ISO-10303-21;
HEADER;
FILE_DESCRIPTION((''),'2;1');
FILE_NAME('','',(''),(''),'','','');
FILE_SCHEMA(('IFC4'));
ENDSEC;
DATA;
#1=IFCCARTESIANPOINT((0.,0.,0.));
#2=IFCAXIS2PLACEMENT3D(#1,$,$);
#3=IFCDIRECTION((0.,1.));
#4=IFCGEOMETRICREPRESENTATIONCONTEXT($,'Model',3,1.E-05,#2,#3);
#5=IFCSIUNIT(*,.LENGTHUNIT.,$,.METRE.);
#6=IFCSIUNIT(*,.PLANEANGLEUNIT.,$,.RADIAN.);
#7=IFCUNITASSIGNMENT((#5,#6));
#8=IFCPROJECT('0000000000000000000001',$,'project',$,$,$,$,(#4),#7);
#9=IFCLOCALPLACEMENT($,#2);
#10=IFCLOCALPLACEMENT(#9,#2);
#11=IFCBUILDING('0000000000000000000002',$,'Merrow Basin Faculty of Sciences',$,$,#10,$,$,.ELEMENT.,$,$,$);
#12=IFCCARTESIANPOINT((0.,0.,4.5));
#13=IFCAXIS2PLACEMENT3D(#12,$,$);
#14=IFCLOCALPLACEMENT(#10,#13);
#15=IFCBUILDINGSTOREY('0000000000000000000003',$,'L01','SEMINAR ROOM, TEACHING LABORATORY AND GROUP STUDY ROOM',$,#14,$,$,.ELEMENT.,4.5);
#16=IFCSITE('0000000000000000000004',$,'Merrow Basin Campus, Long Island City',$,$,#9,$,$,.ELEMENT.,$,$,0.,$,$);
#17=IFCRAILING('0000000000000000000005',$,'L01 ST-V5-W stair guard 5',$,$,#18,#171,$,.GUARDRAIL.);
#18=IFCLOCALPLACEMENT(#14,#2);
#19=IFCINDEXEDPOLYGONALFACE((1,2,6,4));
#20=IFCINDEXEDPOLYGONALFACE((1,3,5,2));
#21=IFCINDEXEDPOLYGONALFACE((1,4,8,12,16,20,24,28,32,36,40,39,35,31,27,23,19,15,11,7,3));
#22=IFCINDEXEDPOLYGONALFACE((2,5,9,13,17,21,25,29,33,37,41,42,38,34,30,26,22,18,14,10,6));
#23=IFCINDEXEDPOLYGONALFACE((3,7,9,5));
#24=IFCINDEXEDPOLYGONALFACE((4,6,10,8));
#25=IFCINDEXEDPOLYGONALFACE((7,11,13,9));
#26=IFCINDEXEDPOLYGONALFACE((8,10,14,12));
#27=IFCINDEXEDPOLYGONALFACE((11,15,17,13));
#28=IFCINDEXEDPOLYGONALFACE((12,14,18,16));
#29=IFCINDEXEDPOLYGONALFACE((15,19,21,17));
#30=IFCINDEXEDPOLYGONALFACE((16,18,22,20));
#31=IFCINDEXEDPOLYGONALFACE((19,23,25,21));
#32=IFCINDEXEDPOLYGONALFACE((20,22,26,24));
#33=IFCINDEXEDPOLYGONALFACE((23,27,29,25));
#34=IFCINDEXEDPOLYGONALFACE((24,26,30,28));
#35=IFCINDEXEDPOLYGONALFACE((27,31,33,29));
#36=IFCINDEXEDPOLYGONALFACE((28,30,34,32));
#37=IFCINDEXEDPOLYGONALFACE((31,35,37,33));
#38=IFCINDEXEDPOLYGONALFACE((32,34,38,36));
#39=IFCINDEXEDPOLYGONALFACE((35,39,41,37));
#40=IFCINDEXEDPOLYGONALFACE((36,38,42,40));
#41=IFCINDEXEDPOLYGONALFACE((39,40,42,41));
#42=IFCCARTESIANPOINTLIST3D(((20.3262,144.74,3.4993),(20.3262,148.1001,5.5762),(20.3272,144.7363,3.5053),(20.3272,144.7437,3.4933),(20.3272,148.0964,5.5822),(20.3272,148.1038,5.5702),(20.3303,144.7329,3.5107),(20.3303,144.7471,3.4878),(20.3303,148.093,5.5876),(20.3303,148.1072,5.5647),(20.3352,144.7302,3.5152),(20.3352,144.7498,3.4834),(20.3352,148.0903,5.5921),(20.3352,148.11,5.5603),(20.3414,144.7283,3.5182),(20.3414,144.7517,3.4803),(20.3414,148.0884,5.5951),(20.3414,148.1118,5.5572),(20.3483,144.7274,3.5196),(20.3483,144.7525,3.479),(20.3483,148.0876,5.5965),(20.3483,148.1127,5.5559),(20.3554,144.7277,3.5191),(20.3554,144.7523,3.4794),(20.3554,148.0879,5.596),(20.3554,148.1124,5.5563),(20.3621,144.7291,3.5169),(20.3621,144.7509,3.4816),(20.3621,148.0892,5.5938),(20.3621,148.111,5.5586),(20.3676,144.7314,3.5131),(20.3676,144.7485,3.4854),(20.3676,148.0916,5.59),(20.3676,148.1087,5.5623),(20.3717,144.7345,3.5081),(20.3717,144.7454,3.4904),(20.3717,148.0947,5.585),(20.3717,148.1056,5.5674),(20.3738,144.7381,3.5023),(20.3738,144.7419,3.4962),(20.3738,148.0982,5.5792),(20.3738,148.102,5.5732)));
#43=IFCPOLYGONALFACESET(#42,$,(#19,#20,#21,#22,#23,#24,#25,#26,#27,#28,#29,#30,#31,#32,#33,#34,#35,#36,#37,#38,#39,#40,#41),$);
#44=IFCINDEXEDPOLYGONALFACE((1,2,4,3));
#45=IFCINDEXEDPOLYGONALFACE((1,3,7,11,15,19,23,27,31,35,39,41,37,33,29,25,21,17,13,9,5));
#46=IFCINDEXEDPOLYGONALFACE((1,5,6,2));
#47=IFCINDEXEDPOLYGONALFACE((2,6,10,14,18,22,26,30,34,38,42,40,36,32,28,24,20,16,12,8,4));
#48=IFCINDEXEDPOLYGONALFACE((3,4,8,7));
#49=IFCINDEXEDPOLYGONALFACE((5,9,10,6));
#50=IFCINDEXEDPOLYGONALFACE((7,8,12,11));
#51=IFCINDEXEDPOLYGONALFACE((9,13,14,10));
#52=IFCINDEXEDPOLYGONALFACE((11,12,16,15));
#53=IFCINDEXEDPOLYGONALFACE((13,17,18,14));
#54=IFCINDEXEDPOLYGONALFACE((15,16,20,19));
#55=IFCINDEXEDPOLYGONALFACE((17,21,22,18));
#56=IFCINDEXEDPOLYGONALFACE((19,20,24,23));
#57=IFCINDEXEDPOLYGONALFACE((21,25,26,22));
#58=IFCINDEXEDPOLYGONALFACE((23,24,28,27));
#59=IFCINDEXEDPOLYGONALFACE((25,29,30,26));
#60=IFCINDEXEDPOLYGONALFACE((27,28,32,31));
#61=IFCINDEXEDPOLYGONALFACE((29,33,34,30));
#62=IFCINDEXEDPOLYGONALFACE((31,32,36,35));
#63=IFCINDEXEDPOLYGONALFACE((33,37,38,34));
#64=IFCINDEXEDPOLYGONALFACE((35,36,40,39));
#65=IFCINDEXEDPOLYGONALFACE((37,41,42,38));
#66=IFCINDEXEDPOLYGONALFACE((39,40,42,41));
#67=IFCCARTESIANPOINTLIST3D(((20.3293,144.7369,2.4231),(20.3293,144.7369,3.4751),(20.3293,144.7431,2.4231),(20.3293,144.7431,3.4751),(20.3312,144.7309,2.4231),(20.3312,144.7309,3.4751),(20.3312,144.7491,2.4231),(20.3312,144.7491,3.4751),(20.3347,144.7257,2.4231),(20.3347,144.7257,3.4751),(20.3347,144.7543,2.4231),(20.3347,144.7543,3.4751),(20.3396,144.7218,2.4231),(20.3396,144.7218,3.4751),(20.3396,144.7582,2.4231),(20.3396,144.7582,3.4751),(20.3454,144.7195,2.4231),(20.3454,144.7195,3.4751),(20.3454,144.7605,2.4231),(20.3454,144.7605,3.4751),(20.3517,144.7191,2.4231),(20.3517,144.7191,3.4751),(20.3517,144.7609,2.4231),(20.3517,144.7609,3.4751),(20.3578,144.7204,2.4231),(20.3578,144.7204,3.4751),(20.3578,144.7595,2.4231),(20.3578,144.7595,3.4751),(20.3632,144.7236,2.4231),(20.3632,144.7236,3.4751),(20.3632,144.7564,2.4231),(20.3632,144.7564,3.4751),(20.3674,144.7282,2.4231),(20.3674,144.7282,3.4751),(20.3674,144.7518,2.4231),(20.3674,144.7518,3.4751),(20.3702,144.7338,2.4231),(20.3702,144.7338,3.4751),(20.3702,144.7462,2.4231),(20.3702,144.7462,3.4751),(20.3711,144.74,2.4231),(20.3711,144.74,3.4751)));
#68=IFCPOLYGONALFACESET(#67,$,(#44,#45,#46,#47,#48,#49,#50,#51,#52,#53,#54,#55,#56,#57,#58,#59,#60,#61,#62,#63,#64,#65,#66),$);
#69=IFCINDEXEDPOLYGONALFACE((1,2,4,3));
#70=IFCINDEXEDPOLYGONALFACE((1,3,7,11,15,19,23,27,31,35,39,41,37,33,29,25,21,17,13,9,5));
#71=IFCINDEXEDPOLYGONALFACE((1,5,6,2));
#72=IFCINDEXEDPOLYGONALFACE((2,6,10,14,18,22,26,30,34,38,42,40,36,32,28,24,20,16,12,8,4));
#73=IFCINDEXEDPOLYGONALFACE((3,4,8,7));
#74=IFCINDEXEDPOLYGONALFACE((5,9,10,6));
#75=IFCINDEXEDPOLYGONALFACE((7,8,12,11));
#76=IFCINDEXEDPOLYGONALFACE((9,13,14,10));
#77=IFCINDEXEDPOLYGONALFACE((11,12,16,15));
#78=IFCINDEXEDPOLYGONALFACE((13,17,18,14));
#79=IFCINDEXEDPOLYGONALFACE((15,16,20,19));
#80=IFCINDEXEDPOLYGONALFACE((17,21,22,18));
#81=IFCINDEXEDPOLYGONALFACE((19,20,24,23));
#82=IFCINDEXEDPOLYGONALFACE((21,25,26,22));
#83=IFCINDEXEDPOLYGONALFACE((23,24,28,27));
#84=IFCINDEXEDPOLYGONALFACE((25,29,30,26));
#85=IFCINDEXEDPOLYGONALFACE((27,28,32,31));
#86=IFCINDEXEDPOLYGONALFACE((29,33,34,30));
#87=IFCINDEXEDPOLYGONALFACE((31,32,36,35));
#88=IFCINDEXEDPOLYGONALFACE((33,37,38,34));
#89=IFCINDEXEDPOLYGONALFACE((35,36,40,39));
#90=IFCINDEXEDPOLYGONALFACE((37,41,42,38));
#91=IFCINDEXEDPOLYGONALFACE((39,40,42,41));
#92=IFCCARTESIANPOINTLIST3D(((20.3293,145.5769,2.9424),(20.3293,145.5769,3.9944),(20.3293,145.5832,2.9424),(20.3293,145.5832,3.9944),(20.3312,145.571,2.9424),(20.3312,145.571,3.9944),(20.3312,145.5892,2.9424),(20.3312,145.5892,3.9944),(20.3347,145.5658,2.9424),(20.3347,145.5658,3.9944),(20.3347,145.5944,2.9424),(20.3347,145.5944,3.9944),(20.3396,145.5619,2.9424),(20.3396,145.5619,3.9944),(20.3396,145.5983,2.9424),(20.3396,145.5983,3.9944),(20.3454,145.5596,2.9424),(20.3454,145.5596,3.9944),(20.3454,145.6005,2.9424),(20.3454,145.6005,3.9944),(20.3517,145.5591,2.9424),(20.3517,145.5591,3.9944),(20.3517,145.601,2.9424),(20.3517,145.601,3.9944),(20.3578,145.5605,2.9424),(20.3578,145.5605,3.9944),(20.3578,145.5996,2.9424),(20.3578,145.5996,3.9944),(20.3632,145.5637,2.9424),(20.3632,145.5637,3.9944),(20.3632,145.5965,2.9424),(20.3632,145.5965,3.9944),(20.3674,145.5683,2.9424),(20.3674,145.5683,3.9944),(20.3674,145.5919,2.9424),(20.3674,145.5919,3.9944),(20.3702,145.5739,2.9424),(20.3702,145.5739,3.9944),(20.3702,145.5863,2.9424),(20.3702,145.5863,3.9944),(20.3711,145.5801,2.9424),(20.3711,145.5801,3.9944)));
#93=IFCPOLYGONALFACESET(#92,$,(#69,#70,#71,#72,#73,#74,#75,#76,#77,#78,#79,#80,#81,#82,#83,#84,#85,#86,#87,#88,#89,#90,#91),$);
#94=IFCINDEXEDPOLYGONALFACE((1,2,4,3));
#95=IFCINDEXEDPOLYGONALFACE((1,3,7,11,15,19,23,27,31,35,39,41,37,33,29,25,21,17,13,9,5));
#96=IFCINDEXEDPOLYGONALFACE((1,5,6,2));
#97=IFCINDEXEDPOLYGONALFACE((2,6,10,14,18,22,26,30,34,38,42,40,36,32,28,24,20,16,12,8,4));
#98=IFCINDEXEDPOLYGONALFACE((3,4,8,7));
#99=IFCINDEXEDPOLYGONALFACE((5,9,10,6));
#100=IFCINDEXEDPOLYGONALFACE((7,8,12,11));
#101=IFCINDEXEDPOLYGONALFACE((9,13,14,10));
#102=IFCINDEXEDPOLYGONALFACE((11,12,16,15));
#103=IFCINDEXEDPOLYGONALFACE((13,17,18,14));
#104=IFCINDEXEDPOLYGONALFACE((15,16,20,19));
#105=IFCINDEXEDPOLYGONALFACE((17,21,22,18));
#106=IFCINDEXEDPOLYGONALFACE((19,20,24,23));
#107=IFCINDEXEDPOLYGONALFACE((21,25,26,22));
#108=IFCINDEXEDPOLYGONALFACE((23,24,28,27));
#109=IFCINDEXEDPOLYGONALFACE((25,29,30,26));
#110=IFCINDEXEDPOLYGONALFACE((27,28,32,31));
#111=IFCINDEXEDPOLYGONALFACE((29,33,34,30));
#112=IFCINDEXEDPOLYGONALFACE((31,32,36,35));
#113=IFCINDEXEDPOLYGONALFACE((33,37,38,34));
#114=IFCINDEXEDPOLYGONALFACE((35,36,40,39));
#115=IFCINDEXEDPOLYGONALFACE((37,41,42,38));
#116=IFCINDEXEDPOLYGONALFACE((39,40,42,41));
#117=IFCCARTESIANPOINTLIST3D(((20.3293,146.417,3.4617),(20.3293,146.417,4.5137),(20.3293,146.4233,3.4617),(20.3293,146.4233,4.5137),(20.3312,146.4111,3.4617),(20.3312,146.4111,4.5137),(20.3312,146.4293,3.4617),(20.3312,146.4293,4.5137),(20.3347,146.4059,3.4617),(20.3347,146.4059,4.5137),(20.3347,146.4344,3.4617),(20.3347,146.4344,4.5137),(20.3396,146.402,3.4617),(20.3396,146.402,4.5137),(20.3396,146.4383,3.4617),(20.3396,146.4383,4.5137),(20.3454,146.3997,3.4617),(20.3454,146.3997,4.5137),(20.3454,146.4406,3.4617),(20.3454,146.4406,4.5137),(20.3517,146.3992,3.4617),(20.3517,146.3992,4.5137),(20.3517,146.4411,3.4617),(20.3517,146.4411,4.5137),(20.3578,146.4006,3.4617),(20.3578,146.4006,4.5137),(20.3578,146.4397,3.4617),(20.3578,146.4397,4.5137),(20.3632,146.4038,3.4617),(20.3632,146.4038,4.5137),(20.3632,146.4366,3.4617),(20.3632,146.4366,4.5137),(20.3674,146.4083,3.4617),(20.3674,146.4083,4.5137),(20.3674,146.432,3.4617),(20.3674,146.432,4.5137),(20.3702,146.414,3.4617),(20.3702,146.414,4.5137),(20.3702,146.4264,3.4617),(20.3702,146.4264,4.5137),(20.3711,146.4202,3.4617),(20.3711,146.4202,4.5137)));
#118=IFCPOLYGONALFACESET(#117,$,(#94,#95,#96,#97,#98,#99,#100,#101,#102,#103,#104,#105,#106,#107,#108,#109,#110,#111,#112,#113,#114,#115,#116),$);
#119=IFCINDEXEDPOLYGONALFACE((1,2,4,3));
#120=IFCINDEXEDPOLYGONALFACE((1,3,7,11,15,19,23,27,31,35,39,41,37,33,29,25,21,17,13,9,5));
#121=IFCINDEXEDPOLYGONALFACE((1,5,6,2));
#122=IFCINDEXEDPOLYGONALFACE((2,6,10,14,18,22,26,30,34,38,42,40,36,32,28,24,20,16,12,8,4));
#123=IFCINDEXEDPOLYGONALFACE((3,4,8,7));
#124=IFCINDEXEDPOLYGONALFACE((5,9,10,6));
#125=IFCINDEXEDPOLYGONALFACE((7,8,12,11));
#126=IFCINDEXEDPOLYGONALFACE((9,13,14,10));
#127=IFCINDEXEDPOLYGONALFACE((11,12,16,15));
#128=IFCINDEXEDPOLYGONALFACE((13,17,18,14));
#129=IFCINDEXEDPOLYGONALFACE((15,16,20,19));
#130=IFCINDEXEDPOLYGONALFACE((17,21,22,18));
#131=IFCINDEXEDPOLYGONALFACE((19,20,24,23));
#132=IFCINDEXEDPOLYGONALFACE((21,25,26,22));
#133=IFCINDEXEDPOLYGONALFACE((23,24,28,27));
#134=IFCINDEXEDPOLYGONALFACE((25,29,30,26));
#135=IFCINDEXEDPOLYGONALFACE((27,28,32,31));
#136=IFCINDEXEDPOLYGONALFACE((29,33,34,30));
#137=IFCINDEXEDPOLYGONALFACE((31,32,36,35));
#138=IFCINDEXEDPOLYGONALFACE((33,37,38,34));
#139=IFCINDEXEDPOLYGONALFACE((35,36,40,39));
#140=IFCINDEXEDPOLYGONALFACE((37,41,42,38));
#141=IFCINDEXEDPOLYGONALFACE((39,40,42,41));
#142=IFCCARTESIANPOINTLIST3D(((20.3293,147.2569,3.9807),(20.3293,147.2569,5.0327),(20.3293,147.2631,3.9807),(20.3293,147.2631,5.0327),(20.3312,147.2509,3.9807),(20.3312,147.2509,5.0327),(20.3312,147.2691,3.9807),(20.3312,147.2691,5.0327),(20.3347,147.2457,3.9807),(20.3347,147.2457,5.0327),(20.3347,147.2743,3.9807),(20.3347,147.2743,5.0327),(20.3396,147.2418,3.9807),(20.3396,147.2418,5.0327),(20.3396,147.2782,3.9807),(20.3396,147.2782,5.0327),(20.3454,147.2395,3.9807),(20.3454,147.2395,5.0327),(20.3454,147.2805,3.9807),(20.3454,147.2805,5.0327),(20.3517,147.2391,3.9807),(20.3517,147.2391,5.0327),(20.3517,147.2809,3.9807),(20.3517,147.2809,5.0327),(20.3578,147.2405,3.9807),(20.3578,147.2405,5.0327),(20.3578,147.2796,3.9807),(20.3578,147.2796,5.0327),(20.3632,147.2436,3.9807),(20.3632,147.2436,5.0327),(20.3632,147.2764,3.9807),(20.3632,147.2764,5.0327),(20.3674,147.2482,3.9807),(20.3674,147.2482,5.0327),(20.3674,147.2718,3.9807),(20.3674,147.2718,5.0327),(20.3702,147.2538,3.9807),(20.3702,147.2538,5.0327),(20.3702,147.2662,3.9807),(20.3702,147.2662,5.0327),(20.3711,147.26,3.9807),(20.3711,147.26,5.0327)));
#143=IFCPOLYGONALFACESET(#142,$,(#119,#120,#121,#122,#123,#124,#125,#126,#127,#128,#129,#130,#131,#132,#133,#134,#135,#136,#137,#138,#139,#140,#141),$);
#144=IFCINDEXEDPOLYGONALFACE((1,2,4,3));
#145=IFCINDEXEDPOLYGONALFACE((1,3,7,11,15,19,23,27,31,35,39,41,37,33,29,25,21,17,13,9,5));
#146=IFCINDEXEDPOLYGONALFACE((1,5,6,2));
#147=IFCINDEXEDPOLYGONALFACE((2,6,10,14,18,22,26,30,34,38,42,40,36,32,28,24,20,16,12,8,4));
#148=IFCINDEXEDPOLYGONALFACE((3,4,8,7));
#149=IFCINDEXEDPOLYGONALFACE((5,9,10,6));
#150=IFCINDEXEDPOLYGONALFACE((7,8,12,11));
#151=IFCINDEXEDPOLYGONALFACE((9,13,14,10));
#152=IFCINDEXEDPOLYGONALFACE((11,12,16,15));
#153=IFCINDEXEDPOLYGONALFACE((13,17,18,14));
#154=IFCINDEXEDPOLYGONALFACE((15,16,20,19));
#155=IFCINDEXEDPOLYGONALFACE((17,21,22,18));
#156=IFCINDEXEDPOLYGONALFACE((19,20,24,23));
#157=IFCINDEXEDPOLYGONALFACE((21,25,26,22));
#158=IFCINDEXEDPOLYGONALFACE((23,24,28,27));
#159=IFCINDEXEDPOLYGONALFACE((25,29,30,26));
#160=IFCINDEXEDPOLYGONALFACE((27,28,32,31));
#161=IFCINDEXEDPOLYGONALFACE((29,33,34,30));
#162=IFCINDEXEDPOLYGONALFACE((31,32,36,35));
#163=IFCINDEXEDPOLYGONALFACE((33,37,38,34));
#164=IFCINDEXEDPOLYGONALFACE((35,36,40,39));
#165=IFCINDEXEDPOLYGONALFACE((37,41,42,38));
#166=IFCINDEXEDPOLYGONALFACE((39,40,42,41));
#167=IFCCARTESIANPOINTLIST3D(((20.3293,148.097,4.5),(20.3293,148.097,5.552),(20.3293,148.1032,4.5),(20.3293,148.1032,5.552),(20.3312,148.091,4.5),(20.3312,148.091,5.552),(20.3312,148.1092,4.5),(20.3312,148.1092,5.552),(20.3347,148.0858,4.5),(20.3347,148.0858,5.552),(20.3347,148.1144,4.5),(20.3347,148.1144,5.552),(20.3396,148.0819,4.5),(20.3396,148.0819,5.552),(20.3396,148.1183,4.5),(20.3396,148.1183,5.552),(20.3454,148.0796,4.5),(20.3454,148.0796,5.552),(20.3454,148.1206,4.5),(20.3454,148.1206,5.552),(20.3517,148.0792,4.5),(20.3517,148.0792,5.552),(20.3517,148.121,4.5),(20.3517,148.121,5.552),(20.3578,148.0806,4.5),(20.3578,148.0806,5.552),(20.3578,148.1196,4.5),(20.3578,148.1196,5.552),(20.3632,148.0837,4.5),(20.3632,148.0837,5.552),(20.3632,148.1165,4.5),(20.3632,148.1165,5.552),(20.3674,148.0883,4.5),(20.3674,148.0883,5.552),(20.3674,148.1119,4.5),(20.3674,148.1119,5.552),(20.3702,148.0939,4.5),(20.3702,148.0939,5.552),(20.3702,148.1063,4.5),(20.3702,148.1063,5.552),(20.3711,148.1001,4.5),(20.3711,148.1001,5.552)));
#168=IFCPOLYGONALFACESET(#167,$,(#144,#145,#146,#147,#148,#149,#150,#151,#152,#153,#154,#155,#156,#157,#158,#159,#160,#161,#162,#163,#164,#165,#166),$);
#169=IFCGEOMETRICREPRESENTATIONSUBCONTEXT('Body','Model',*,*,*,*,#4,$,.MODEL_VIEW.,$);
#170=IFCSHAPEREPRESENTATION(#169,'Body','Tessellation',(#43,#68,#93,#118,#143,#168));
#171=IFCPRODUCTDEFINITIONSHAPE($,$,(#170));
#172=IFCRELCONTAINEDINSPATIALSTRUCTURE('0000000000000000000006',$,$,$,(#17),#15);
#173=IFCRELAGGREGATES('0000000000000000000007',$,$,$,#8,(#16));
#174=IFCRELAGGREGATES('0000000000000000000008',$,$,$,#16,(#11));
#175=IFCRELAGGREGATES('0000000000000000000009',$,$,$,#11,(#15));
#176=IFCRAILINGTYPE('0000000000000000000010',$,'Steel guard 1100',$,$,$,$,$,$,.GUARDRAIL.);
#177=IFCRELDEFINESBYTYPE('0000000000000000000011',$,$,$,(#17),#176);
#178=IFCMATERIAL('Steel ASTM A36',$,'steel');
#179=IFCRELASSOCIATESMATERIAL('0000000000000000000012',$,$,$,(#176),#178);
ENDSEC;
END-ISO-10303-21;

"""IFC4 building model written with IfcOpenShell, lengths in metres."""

from ifc_helpers import new_model, si_unit, direction, frame, origin, origin_2d, place, context, subcontext, project, spatial, circle, extrude, material, type_object, element, save


model = new_model("IFC4")

# Units and contexts
model_context = context("Model", 3, precision=1e-05, world=origin(), true_north=direction((0.0, 1.0)))
body_context = subcontext(model_context, "Body", "Model", "MODEL_VIEW")
ifc_project = project(units=[si_unit("LENGTHUNIT", "METRE"), si_unit("PLANEANGLEUNIT", "RADIAN")], contexts=[model_context])

# Site, building, storey
site_placement = place(None, origin())
site = spatial("IfcSite", under=ifc_project, at=site_placement, Name="Merrow Basin Campus, Long Island City", CompositionType="ELEMENT", RefElevation=0.0)
building_placement = place(site_placement, origin())
building = spatial("IfcBuilding", under=site, at=building_placement, Name="Merrow Basin Faculty of Sciences", CompositionType="ELEMENT")
storey_placement = place(building_placement, frame((0.0, 0.0, 4.5)))
storey = spatial("IfcBuildingStorey", under=building, at=storey_placement, Name="L01", Description="SEMINAR ROOM, TEACHING LABORATORY AND GROUP STUDY ROOM", CompositionType="ELEMENT", Elevation=4.5)

# Railing
ifc_material_1 = material(Name="Steel ASTM A36", Category="steel")
railing_type_1 = type_object("IfcRailingType", Name="Steel guard 1100", PredefinedType="GUARDRAIL", material=ifc_material_1)
railing_1_placement = place(storey_placement, frame((20.3501, 144.74, 2.4231)))
element("IfcRailing", 1, at=railing_1_placement, inside=storey, type_object=railing_type_1, Name="L01 ST-V5-W stair guard 5", PredefinedType="GUARDRAIL", context=body_context, shape_type="SweptSolid", body=[
    extrude(circle(Radius=0.0239, at=origin_2d()), frame((0.0, 0.0, 1.0762), z_axis=(0.0, 0.850623, 0.525776), x_axis=(-1.0, 0.0, 0.0)), (0.0, 0.0, 1.0), 3.9502),
    extrude(circle(Radius=0.021, at=origin_2d()), origin(), (0.0, 0.0, 1.0), 1.052),
    extrude(circle(Radius=0.021, at=origin_2d()), frame((0.0, 0.8401, 0.5193)), (0.0, 0.0, 1.0), 1.052),
    extrude(circle(Radius=0.021, at=origin_2d()), frame((0.0, 1.6802, 1.0386)), (0.0, 0.0, 1.0), 1.052),
    extrude(circle(Radius=0.021, at=origin_2d()), frame((0.0, 2.52, 1.5576)), (0.0, 0.0, 1.0), 1.052),
    extrude(circle(Radius=0.021, at=origin_2d()), frame((0.0, 3.3601, 2.0769)), (0.0, 0.0, 1.0), 1.052),
])

save(model, "model.ifc")
